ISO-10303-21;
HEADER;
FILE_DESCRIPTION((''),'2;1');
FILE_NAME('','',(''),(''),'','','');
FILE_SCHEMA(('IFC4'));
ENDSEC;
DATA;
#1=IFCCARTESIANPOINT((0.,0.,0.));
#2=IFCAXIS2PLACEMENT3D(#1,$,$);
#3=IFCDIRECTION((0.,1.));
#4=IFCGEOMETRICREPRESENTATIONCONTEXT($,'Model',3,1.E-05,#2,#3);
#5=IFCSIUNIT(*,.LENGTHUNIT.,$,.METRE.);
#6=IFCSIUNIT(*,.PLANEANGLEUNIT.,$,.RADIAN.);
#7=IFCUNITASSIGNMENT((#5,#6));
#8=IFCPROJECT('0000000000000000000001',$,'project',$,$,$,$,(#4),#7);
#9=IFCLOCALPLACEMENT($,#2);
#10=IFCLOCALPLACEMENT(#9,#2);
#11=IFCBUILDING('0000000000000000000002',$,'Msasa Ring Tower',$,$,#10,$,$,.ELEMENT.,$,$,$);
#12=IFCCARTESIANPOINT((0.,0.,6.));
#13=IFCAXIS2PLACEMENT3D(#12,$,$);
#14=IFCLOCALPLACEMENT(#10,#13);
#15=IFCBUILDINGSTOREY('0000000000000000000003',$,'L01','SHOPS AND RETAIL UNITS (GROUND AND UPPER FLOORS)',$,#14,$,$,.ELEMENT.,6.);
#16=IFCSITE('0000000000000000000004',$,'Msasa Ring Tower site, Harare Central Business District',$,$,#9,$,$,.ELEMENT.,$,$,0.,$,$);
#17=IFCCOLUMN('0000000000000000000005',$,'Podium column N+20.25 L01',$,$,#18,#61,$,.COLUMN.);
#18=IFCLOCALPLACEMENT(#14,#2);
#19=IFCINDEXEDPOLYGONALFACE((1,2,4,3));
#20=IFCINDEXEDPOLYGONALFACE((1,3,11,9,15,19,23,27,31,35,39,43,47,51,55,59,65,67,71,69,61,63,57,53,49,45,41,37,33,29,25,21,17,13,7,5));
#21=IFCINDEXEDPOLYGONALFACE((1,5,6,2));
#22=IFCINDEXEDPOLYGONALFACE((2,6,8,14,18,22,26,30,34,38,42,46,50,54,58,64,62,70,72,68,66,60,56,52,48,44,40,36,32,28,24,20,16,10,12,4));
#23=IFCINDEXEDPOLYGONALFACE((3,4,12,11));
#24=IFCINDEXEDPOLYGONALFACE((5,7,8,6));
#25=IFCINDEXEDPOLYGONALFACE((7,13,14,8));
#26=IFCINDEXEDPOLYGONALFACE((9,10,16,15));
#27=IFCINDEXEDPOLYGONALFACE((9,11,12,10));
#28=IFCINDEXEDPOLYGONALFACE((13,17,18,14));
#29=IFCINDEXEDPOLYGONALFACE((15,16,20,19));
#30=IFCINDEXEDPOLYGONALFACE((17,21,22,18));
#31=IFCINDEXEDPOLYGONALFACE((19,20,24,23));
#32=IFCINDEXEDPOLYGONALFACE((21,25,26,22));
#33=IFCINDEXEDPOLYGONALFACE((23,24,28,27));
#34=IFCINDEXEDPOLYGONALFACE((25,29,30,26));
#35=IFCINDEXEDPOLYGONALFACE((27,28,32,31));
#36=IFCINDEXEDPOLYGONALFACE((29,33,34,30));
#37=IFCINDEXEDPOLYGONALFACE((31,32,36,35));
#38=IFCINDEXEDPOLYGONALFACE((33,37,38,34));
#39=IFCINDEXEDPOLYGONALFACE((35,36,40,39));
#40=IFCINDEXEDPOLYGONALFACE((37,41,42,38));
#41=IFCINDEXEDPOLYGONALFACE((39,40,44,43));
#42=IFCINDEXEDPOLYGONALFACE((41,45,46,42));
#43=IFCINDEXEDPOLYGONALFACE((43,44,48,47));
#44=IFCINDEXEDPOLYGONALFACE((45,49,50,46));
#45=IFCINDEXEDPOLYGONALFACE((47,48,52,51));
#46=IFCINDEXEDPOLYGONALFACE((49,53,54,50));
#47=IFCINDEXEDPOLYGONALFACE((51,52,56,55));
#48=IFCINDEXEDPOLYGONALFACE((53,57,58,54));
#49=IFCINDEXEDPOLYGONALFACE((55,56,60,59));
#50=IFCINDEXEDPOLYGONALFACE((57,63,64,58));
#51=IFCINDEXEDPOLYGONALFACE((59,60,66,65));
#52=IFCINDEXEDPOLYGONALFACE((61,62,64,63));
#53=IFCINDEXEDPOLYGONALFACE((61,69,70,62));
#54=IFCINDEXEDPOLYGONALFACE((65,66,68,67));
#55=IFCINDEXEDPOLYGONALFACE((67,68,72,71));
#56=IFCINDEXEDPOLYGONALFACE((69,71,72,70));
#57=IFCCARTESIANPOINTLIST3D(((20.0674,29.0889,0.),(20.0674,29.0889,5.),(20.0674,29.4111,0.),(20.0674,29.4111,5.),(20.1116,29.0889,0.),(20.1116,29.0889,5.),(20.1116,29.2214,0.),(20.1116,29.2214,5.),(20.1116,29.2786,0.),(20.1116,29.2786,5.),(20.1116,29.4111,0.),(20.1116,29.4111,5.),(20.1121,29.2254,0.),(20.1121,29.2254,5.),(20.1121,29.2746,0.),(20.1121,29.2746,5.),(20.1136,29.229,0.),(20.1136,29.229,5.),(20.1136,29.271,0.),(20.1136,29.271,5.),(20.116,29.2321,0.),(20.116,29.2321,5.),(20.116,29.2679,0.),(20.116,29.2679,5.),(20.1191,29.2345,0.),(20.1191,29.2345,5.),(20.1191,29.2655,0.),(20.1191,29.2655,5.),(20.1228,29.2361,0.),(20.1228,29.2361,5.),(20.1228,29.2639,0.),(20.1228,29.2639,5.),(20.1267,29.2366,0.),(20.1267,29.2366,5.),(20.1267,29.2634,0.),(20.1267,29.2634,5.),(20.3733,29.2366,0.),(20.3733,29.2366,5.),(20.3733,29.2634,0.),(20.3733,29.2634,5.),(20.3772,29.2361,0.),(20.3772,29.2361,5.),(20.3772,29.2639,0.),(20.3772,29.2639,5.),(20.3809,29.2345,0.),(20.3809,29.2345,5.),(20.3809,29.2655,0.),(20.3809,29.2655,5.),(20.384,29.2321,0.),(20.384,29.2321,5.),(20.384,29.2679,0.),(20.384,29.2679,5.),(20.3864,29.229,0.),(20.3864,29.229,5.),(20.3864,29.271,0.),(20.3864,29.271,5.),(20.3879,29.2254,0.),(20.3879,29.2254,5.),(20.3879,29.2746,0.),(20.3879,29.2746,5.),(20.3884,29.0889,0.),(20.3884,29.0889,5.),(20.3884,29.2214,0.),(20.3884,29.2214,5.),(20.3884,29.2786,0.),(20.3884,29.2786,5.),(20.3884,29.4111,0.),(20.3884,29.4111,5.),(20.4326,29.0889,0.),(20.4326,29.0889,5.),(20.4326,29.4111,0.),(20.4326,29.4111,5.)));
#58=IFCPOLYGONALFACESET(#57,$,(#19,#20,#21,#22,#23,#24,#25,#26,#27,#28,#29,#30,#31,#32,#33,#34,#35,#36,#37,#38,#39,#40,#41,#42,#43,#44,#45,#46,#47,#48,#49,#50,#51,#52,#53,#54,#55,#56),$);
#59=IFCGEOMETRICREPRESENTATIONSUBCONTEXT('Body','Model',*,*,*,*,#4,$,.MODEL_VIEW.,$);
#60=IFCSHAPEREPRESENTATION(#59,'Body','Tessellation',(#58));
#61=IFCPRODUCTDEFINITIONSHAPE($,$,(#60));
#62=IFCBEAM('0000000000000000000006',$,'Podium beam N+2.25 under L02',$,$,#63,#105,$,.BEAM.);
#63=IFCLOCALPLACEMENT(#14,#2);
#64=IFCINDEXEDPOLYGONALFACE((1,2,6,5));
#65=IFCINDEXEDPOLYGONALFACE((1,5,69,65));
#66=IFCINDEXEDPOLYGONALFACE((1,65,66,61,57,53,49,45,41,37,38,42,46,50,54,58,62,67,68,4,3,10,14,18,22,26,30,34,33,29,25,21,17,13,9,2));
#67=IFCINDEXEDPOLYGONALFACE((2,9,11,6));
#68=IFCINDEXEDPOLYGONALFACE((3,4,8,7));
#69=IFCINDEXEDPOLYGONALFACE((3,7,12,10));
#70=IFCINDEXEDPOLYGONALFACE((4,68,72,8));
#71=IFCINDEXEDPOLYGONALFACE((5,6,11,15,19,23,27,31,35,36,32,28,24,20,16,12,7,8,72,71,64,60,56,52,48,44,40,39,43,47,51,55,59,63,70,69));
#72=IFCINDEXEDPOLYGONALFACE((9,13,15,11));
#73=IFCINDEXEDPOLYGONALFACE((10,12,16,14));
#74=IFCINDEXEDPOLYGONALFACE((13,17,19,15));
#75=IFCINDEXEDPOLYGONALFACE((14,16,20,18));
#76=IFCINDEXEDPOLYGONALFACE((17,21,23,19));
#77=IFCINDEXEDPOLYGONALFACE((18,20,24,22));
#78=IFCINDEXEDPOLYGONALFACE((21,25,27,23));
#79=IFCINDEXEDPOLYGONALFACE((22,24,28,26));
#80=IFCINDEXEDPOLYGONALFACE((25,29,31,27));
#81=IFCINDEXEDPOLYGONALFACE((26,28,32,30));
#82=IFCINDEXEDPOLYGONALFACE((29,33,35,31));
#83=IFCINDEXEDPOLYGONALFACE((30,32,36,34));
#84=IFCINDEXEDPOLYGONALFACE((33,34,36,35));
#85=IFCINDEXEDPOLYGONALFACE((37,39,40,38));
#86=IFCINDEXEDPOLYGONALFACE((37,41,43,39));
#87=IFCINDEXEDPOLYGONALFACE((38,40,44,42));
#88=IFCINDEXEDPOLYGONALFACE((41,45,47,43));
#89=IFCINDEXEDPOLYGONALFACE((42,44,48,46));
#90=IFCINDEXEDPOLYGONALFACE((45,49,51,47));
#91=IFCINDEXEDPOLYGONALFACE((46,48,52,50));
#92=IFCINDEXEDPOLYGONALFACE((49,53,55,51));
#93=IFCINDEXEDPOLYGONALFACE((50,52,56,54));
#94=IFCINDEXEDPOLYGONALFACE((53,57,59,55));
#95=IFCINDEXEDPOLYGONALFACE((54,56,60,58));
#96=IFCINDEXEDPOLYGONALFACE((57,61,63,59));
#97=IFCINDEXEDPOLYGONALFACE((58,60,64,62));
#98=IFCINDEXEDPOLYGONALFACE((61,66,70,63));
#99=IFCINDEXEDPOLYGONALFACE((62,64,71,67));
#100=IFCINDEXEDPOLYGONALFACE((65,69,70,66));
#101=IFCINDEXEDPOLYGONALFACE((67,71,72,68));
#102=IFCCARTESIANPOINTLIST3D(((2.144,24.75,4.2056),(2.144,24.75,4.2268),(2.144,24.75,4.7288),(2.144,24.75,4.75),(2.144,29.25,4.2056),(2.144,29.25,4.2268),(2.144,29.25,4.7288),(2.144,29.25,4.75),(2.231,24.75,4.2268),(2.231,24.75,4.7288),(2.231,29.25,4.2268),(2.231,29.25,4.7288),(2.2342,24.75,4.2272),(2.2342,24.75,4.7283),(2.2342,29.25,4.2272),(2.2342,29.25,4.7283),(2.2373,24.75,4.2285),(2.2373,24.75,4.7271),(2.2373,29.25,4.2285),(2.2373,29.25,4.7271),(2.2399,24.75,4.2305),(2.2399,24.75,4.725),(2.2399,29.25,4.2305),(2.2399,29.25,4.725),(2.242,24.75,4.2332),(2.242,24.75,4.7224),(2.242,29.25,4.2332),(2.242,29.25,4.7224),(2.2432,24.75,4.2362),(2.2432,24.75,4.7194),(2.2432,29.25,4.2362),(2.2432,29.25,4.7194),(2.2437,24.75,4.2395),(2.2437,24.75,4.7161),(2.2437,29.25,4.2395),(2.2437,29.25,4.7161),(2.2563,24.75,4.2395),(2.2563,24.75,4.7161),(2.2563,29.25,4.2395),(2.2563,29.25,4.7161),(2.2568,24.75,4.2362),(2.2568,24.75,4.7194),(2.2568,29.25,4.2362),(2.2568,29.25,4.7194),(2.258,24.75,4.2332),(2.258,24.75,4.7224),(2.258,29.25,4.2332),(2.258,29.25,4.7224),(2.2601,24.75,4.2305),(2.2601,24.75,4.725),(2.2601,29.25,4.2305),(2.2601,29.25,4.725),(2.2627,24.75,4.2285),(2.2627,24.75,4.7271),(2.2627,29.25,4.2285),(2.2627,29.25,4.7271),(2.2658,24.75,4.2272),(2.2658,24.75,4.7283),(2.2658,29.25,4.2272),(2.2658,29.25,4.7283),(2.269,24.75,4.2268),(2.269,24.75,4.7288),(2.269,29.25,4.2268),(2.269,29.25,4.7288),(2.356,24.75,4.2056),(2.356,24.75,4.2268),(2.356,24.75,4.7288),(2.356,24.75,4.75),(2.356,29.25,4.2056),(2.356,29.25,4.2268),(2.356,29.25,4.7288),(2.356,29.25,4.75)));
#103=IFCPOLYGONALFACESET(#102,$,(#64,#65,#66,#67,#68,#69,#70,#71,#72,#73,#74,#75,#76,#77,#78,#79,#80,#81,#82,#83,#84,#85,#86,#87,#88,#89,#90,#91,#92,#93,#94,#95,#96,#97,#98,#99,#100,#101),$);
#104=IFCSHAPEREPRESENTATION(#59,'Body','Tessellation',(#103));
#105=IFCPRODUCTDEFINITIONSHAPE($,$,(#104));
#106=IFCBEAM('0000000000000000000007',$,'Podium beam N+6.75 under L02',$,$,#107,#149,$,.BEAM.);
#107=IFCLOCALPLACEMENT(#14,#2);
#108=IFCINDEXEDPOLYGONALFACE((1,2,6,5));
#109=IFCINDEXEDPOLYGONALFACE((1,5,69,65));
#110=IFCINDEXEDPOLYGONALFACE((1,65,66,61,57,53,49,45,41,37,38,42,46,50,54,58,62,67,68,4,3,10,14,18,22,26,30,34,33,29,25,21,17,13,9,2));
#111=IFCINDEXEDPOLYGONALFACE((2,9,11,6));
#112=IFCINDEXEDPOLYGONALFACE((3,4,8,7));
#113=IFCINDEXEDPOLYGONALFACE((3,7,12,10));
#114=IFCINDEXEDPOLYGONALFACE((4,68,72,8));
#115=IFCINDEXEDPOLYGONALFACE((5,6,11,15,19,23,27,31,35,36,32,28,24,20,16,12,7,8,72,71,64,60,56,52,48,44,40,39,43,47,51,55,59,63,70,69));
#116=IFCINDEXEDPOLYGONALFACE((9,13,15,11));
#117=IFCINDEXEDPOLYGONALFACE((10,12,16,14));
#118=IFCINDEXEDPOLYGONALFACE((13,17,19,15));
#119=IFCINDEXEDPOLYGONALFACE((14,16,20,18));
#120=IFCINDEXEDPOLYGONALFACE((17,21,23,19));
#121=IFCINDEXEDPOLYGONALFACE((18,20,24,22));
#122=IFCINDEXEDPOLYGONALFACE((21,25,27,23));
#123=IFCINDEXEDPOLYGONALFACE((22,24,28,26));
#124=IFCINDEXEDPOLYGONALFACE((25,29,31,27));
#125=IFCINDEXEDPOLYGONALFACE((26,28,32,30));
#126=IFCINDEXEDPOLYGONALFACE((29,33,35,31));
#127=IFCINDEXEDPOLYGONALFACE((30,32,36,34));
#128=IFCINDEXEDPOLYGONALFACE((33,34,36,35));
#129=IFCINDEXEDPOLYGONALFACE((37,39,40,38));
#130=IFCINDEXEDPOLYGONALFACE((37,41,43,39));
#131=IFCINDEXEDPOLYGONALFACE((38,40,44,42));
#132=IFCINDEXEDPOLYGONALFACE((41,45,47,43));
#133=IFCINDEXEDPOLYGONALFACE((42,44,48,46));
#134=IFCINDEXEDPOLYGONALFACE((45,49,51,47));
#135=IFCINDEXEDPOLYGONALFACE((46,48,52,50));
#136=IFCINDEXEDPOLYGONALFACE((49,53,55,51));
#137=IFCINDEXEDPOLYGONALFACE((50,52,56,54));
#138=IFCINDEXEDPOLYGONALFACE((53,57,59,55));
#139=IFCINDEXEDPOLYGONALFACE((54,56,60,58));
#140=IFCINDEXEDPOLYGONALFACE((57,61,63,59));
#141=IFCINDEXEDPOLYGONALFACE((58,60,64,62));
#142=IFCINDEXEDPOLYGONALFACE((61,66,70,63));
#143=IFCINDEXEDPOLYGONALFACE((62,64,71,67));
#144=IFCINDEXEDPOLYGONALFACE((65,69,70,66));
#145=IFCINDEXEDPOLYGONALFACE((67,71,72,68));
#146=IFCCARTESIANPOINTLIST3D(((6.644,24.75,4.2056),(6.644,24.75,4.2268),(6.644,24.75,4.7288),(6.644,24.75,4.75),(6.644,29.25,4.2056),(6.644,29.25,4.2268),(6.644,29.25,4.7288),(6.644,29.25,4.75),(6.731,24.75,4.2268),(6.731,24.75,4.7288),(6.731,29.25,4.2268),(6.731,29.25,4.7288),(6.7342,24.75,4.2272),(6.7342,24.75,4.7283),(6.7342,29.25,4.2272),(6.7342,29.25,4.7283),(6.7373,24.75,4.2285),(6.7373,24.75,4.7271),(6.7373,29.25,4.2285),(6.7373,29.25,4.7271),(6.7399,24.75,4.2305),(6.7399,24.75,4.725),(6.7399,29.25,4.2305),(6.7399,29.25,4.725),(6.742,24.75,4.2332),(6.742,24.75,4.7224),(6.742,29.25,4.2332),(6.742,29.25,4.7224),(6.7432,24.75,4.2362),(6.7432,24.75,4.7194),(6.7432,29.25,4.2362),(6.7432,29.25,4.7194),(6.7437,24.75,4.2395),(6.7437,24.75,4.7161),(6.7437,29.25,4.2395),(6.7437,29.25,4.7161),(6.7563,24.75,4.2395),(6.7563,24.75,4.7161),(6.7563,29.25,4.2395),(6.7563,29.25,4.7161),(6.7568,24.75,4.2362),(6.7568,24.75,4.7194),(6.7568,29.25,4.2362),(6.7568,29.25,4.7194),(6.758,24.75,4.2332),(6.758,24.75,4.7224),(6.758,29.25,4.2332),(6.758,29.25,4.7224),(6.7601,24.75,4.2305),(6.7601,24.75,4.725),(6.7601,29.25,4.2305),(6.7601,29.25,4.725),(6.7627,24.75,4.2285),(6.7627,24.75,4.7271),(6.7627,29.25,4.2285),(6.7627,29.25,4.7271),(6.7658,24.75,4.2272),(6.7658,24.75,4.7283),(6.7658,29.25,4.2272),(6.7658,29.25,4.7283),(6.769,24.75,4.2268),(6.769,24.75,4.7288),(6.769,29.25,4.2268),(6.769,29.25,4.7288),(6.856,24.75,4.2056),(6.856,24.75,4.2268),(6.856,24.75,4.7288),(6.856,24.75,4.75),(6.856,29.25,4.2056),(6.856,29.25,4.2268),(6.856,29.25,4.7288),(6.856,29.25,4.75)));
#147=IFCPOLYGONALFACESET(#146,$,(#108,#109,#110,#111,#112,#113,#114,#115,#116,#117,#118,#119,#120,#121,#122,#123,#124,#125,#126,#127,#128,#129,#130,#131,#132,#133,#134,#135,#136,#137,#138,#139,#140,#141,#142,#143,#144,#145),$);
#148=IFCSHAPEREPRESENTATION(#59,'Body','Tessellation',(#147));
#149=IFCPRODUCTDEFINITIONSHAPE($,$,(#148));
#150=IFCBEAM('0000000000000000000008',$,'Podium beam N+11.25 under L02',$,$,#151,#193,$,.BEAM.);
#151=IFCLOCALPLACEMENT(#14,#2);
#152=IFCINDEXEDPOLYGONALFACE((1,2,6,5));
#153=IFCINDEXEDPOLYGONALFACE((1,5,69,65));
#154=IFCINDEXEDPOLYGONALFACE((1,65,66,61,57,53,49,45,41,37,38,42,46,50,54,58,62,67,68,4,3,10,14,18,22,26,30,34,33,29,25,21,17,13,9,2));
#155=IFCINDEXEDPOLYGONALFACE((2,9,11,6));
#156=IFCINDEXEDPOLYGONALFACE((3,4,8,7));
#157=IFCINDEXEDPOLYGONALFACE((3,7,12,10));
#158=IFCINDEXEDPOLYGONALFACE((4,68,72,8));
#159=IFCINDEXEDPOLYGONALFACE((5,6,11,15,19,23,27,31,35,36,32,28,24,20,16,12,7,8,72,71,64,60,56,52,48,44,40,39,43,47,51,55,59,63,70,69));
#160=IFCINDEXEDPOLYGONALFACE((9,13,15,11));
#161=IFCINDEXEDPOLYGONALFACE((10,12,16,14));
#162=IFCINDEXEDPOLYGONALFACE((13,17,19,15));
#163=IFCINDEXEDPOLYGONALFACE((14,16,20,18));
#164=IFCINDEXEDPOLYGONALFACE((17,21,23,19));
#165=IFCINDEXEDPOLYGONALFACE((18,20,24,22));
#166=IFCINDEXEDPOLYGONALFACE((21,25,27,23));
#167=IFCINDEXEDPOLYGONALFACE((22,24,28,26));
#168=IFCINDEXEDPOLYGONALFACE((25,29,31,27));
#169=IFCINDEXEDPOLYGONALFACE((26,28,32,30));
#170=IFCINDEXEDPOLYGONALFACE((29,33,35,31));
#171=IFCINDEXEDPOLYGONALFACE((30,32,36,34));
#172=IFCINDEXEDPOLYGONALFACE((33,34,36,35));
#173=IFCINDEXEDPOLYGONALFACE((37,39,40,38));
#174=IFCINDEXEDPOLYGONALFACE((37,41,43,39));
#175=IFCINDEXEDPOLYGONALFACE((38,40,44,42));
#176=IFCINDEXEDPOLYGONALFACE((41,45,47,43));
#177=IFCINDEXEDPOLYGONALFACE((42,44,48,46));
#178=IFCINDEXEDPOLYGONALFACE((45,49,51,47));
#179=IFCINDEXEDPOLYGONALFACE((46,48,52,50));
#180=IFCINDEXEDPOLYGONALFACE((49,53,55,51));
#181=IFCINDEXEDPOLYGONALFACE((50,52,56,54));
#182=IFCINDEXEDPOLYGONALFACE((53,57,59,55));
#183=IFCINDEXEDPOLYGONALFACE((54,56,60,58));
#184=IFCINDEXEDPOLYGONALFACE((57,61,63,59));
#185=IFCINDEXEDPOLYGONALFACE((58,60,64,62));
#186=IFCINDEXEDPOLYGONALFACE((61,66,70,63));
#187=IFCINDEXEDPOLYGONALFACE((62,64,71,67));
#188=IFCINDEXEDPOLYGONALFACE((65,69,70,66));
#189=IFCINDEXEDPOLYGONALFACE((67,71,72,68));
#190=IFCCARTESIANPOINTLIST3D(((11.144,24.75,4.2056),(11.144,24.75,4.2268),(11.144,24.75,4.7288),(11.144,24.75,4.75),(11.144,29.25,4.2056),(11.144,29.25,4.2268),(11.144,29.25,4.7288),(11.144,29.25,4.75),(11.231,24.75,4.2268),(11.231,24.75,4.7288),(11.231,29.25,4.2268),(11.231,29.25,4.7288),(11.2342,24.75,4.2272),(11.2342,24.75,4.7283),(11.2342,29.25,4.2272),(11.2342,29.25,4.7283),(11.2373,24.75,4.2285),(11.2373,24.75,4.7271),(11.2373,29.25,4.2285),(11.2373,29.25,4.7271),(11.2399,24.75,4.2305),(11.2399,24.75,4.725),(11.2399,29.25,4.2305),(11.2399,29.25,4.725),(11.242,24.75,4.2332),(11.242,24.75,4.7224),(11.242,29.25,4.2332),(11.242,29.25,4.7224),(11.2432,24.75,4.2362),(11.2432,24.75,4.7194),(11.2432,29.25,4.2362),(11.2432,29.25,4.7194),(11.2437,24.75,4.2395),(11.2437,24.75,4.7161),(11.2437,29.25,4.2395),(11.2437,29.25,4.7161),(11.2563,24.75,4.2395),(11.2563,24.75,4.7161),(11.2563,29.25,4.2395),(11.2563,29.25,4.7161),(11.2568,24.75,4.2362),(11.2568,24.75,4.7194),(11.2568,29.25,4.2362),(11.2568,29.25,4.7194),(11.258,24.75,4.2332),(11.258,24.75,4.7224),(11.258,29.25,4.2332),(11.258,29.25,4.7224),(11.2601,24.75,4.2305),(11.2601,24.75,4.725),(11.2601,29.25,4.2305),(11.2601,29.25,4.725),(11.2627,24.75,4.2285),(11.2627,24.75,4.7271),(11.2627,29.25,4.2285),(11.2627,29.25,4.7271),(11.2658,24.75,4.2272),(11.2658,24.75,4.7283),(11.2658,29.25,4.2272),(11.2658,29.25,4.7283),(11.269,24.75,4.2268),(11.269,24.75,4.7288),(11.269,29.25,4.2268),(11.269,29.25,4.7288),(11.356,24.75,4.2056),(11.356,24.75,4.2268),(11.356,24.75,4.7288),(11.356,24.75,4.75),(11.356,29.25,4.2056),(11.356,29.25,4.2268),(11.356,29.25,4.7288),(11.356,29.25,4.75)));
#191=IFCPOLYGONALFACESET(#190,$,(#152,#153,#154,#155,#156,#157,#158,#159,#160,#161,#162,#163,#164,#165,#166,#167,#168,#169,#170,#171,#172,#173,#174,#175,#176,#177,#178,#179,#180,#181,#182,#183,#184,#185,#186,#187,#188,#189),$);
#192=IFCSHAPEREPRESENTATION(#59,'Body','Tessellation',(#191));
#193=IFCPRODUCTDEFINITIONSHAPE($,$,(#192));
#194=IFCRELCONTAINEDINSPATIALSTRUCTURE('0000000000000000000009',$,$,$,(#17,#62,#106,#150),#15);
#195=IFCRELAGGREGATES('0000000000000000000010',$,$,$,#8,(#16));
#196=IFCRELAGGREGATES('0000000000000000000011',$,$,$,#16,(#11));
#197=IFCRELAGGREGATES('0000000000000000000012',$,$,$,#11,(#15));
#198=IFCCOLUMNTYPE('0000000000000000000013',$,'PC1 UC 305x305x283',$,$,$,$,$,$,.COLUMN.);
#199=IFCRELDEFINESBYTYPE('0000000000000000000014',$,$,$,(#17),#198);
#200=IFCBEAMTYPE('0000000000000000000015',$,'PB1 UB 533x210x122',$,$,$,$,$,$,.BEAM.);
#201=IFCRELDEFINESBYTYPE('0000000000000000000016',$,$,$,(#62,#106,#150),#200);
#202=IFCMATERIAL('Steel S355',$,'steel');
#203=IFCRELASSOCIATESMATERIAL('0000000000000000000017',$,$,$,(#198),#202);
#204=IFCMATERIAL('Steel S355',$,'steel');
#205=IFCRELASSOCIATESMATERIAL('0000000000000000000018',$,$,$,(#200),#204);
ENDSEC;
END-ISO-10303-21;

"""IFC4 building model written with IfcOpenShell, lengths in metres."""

from ifc_helpers import new_model, si_unit, direction, frame, origin, origin_2d, place, context, subcontext, project, spatial, i_section, extrude, material, material_profile, profile_set, type_object, element, save


model = new_model("IFC4")

# Units and contexts
model_context = context("Model", 3, precision=1e-05, world=origin(), true_north=direction((0.0, 1.0)))
body_context = subcontext(model_context, "Body", "Model", "MODEL_VIEW")
ifc_project = project(units=[si_unit("LENGTHUNIT", "METRE"), si_unit("PLANEANGLEUNIT", "RADIAN")], contexts=[model_context])

# Site, building, storey
site_placement = place(None, origin())
site = spatial("IfcSite", under=ifc_project, at=site_placement, Name="Msasa Ring Tower site, Harare Central Business District", CompositionType="ELEMENT", RefElevation=0.0)
building_placement = place(site_placement, origin())
building = spatial("IfcBuilding", under=site, at=building_placement, Name="Msasa Ring Tower", CompositionType="ELEMENT")
storey_placement = place(building_placement, frame((0.0, 0.0, 6.0)))
storey = spatial("IfcBuildingStorey", under=building, at=storey_placement, Name="L01", Description="SHOPS AND RETAIL UNITS (GROUND AND UPPER FLOORS)", CompositionType="ELEMENT", Elevation=6.0)

# Column
ifc_material_1 = material(Name="Steel S355", Category="steel")
ifc_material_profile_1 = material_profile(ifc_material_1, i_section(OverallWidth=0.3223, OverallDepth=0.3652, WebThickness=0.0269, FlangeThickness=0.0442, FilletRadius=0.0151, at=origin_2d()), Name="UC 305x305x283")
ifc_profile_set_1 = profile_set([ifc_material_profile_1], Name="Steel S355")
column_type = type_object("IfcColumnType", Name="PC1 UC 305x305x283", PredefinedType="COLUMN", material=ifc_profile_set_1)
for number, where, z_axis, x_axis, name in (
    (1, (20.25, 29.25, 0.0), (0.0, 0.0, 1.0), (0.0, 1.0, 0.0), "Podium column N+20.25 L01"),
):
    element("IfcColumn", number, at=place(storey_placement, frame(where, z_axis=z_axis, x_axis=x_axis)), inside=storey, type_object=column_type, Name=name, PredefinedType="COLUMN", context=body_context, shape_type="SweptSolid", body=[
        extrude(i_section(OverallWidth=0.3223, OverallDepth=0.3652, WebThickness=0.0269, FlangeThickness=0.0442, FilletRadius=0.0151, at=origin_2d()), origin(), (0.0, 0.0, 1.0), 5.0),
    ])

# Beams
ifc_material_2 = material(Name="Steel S355", Category="steel")
ifc_material_profile_2 = material_profile(ifc_material_2, i_section(OverallWidth=0.2119, OverallDepth=0.5444, WebThickness=0.0127, FlangeThickness=0.0212, FilletRadius=0.0127, at=origin_2d()), Name="UB 533x210x122")
ifc_profile_set_2 = profile_set([ifc_material_profile_2], Name="Steel S355")
beam_type_1 = type_object("IfcBeamType", Name="PB1 UB 533x210x122", PredefinedType="BEAM", material=ifc_profile_set_2)
for number, where, z_axis, x_axis, name in (
    (2, (2.25, 29.25, 4.4778), (0.0, -1.0, 0.0), (1.0, 0.0, 0.0), "Podium beam N+2.25 under L02"),
    (3, (6.75, 29.25, 4.4778), (0.0, -1.0, 0.0), (1.0, 0.0, 0.0), "Podium beam N+6.75 under L02"),
    (4, (11.25, 29.25, 4.4778), (0.0, -1.0, 0.0), (1.0, 0.0, 0.0), "Podium beam N+11.25 under L02"),
):
    element("IfcBeam", number, at=place(storey_placement, frame(where, z_axis=z_axis, x_axis=x_axis)), inside=storey, type_object=beam_type_1, Name=name, PredefinedType="BEAM", context=body_context, shape_type="SweptSolid", body=[
        extrude(i_section(OverallWidth=0.2119, OverallDepth=0.5444, WebThickness=0.0127, FlangeThickness=0.0212, FilletRadius=0.0127, at=origin_2d()), origin(), (0.0, 0.0, 1.0), 4.5),
    ])

save(model, "model.ifc")
